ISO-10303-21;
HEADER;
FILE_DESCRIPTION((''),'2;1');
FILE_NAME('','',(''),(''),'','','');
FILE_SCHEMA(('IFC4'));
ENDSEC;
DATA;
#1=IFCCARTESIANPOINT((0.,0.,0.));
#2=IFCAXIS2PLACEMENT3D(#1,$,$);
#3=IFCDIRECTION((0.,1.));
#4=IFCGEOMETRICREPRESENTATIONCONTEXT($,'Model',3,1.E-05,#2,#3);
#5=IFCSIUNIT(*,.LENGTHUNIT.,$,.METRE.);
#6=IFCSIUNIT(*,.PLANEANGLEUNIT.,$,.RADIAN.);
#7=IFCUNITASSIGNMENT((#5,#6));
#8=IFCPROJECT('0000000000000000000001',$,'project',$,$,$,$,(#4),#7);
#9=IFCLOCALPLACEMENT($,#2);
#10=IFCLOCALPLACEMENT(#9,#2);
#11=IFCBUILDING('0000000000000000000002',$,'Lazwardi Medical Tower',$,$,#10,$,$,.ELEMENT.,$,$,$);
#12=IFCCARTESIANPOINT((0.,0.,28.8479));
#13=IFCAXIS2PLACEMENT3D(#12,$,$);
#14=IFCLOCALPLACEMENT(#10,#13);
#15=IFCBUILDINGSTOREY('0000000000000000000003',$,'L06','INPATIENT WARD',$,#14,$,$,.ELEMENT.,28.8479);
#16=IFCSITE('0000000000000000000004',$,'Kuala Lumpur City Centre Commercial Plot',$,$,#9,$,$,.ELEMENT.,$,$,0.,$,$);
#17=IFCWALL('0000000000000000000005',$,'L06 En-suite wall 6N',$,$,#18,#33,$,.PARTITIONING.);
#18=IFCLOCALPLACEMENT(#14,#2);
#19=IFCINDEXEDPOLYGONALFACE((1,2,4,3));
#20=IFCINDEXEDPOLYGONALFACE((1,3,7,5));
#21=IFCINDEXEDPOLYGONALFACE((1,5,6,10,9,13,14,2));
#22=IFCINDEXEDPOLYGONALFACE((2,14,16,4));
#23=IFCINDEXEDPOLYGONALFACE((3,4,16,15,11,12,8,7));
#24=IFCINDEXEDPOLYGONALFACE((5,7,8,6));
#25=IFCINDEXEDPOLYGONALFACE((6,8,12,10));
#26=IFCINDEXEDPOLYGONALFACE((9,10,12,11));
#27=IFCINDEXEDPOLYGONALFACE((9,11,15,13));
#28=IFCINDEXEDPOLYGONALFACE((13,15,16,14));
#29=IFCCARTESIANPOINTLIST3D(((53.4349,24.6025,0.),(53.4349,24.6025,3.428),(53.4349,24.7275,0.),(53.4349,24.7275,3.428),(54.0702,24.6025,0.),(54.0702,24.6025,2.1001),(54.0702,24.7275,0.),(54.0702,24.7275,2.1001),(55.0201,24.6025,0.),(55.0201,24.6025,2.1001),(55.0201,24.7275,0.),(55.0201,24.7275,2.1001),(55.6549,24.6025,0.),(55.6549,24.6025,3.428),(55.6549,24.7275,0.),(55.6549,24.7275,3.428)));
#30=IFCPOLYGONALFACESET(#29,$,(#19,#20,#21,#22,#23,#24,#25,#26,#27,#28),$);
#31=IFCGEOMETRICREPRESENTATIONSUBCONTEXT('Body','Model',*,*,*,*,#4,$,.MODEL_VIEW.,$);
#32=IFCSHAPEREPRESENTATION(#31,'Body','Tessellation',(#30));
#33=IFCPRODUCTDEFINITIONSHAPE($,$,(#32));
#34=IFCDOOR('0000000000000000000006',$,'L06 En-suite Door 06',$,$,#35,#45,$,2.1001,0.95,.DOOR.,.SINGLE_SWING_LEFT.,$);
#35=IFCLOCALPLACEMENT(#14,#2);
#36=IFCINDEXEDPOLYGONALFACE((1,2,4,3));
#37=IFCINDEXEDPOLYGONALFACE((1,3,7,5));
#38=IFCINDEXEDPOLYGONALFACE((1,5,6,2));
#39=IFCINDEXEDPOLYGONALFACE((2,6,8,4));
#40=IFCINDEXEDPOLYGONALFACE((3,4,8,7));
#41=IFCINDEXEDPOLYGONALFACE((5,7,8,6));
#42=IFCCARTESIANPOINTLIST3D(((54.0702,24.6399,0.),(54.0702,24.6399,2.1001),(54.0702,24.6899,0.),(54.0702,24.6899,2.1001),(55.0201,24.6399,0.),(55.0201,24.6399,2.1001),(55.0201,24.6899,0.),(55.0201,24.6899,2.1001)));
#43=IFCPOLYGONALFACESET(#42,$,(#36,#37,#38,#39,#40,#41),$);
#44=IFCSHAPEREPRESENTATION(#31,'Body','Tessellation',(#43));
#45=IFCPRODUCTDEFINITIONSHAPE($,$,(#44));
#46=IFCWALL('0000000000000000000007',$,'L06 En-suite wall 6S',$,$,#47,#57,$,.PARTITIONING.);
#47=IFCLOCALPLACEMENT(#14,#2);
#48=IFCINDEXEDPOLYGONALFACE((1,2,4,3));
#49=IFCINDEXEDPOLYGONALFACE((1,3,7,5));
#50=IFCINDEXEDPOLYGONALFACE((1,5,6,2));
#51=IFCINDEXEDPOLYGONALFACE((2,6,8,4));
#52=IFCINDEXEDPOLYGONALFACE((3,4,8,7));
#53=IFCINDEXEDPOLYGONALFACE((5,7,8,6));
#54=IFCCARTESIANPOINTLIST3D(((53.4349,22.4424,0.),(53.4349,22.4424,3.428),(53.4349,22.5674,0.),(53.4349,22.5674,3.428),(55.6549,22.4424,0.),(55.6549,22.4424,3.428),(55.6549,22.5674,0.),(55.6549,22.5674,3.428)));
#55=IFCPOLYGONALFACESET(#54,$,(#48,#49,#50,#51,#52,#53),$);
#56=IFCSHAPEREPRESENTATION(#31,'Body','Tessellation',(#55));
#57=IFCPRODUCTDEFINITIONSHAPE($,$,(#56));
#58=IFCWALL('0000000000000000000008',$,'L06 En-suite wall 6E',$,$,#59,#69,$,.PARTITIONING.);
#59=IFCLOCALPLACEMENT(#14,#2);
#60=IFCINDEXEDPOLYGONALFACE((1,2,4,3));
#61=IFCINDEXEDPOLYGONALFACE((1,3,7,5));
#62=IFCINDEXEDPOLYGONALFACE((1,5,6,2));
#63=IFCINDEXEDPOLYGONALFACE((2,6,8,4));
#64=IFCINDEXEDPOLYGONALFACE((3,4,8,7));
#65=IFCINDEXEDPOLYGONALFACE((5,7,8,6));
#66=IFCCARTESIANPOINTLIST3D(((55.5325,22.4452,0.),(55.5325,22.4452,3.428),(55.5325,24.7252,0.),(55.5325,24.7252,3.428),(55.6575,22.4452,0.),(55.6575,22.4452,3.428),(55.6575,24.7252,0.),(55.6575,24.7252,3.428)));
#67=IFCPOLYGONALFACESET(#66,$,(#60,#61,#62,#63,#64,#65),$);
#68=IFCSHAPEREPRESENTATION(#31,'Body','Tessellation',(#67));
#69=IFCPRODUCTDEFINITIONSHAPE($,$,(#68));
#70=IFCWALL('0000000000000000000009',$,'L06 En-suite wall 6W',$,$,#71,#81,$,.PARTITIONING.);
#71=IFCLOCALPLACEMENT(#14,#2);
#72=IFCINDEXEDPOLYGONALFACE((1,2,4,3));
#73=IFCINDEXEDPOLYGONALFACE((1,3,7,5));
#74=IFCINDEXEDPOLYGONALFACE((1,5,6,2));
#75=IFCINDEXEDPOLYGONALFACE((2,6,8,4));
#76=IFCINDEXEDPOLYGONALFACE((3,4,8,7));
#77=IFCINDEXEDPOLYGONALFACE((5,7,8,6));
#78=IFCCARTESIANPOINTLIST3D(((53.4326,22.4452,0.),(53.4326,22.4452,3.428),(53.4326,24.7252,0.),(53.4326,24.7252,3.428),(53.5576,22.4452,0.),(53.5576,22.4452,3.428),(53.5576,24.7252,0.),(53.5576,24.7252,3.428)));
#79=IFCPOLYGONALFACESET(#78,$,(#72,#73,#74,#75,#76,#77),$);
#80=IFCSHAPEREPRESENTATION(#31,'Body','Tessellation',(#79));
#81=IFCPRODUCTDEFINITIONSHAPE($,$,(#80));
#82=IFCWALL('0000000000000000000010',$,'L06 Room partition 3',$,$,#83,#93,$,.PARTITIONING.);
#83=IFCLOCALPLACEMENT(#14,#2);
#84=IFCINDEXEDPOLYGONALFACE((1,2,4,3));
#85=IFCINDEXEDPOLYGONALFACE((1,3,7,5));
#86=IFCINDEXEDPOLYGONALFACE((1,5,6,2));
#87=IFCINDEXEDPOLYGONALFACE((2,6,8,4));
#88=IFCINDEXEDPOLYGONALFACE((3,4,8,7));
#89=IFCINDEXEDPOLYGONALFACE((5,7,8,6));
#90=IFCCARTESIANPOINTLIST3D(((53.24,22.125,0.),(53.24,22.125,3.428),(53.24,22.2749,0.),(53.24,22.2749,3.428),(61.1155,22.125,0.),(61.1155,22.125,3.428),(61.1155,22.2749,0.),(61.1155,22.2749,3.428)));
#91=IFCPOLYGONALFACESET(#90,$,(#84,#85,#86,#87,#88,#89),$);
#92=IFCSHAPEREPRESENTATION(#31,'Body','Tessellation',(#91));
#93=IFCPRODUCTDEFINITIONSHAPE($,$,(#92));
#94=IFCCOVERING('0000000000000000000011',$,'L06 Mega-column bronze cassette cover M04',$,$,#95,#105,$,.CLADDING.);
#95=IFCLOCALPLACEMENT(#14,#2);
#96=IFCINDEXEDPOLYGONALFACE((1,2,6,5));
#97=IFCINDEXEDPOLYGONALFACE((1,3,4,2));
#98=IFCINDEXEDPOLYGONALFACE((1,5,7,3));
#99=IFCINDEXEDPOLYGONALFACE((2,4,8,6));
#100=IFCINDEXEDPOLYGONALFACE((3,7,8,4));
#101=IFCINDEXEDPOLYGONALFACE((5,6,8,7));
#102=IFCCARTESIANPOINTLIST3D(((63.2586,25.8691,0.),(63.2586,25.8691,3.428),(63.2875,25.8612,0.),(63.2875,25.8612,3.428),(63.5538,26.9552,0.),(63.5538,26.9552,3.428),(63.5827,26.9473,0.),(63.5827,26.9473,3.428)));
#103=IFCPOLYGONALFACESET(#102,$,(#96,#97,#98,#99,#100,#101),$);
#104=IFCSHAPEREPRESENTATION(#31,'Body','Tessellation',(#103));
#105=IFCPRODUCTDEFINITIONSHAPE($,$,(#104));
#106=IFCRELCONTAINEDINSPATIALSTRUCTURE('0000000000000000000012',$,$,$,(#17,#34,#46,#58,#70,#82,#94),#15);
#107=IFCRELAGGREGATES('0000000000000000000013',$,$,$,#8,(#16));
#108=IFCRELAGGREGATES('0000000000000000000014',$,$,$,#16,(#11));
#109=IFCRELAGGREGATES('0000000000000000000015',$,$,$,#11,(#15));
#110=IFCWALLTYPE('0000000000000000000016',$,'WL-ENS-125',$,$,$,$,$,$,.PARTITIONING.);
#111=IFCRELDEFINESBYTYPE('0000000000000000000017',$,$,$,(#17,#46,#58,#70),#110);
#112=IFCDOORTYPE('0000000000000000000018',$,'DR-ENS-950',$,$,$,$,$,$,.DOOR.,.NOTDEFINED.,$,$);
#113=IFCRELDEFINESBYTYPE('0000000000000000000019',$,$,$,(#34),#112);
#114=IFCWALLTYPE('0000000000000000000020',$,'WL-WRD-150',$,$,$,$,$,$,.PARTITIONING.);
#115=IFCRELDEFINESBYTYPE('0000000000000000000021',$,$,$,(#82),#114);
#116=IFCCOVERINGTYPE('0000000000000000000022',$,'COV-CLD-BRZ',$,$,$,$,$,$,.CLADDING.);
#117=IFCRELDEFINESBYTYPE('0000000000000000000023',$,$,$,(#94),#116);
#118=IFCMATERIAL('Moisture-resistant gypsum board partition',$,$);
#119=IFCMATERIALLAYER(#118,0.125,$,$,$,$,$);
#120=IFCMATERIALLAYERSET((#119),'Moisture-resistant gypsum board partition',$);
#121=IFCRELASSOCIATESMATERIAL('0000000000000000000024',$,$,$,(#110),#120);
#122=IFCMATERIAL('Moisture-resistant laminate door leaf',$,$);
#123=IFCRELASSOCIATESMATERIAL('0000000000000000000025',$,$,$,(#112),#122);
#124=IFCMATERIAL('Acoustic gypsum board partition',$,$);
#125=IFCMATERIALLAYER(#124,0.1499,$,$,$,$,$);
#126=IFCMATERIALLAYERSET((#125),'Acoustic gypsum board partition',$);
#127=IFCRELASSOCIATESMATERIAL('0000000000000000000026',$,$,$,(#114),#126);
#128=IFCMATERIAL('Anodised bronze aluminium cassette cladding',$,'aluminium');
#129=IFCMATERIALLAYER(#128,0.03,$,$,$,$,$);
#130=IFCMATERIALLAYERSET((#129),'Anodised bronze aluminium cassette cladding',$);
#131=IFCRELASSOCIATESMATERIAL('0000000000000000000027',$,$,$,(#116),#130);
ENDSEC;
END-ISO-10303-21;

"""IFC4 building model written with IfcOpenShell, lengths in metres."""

from ifc_helpers import new_model, si_unit, direction, frame, frame_2d, origin, origin_2d, place, context, subcontext, project, spatial, rectangle, extrude, material, layer, layer_set, type_object, element, fill, save


model = new_model("IFC4")

# Units and contexts
model_context = context("Model", 3, precision=1e-05, world=origin(), true_north=direction((0.0, 1.0)))
body_context = subcontext(model_context, "Body", "Model", "MODEL_VIEW")
ifc_project = project(units=[si_unit("LENGTHUNIT", "METRE"), si_unit("PLANEANGLEUNIT", "RADIAN")], contexts=[model_context])

# Site, building, storey
site_placement = place(None, origin())
site = spatial("IfcSite", under=ifc_project, at=site_placement, Name="Kuala Lumpur City Centre Commercial Plot", CompositionType="ELEMENT", RefElevation=0.0)
building_placement = place(site_placement, origin())
building = spatial("IfcBuilding", under=site, at=building_placement, Name="Lazwardi Medical Tower", CompositionType="ELEMENT")
storey_placement = place(building_placement, frame((0.0, 0.0, 28.8479)))
storey = spatial("IfcBuildingStorey", under=building, at=storey_placement, Name="L06", Description="INPATIENT WARD", CompositionType="ELEMENT", Elevation=28.8479)

# Wall, opening, door
ifc_material_1 = material(Name="Moisture-resistant gypsum board partition")
ifc_layer_1 = layer(ifc_material_1, 0.125)
ifc_layer_set_1 = layer_set([ifc_layer_1], Name="Moisture-resistant gypsum board partition")
wall_type_1 = type_object("IfcWallType", Name="WL-ENS-125", PredefinedType="PARTITIONING", material=ifc_layer_set_1)
wall_1_placement = place(storey_placement, frame((53.4351, 24.665, 0.0), z_axis=(0.0, 0.0, 1.0), x_axis=(1.0, 0.0, 0.0)))
wall_1 = element("IfcWall", 1, at=wall_1_placement, inside=storey, type_object=wall_type_1, Name="L06 En-suite wall 6N", PredefinedType="PARTITIONING", context=body_context, shape_type="SweptSolid", body=[
    extrude(rectangle(XDim=2.22, YDim=0.125, at=frame_2d((1.1099, 0.0))), origin(), (0.0, 0.0, 1.0), 3.428),
])
opening_1_placement = place(wall_1_placement, frame((0.635, 0.0, 0.0)))
opening_1 = element("IfcOpeningElement", 2, at=opening_1_placement, cuts=wall_1, PredefinedType="OPENING", context=body_context, shape_type="SweptSolid", body=[
    extrude(rectangle(XDim=0.95, YDim=2.1001, at=frame_2d((0.4751, 1.05))), frame((0.0, 0.0725, 0.0), z_axis=(0.0, -1.0, 0.0), x_axis=(1.0, 0.0, 0.0)), (0.0, 0.0, 1.0), 0.145),
])
ifc_material_2 = material(Name="Moisture-resistant laminate door leaf")
door_type_1 = type_object("IfcDoorType", Name="DR-ENS-950", OperationType="NOTDEFINED", PredefinedType="DOOR", material=ifc_material_2)
door_1_placement = place(opening_1_placement, origin())
door_1 = element("IfcDoor", 3, at=door_1_placement, inside=storey, type_object=door_type_1, Name="L06 En-suite Door 06", OperationType="SINGLE_SWING_LEFT", OverallHeight=2.1001, OverallWidth=0.95, PredefinedType="DOOR", context=body_context, shape_type="SweptSolid", body=[
    extrude(rectangle(XDim=0.95, YDim=2.1001, at=frame_2d((0.4751, 1.05))), frame((0.0, 0.0249, 0.0), z_axis=(0.0, -1.0, 0.0), x_axis=(1.0, 0.0, 0.0)), (0.0, 0.0, 1.0), 0.05),
])
fill(opening_1, door_1)

# Walls
wall_2_placement = place(storey_placement, frame((53.4351, 22.5049, 0.0), z_axis=(0.0, 0.0, 1.0), x_axis=(1.0, 0.0, 0.0)))
element("IfcWall", 4, at=wall_2_placement, inside=storey, type_object=wall_type_1, Name="L06 En-suite wall 6S", PredefinedType="PARTITIONING", context=body_context, shape_type="SweptSolid", body=[
    extrude(rectangle(XDim=2.22, YDim=0.125, at=frame_2d((1.1099, 0.0))), origin(), (0.0, 0.0, 1.0), 3.428),
])
for number, where, z_axis, x_axis, name in (
    (5, (55.595, 22.4451, 0.0), (0.0, 0.0, 1.0), (0.0, 1.0, 0.0), "L06 En-suite wall 6E"),
    (6, (53.4951, 22.4451, 0.0), (0.0, 0.0, 1.0), (0.0, 1.0, 0.0), "L06 En-suite wall 6W"),
):
    element("IfcWall", number, at=place(storey_placement, frame(where, z_axis=z_axis, x_axis=x_axis)), inside=storey, type_object=wall_type_1, Name=name, PredefinedType="PARTITIONING", context=body_context, shape_type="SweptSolid", body=[
        extrude(rectangle(XDim=2.28, YDim=0.125, at=frame_2d((1.1401, 0.0))), origin(), (0.0, 0.0, 1.0), 3.428),
    ])
ifc_material_3 = material(Name="Acoustic gypsum board partition")
ifc_layer_2 = layer(ifc_material_3, 0.1499)
ifc_layer_set_2 = layer_set([ifc_layer_2], Name="Acoustic gypsum board partition")
wall_type_2 = type_object("IfcWallType", Name="WL-WRD-150", PredefinedType="PARTITIONING", material=ifc_layer_set_2)
wall_3_placement = place(storey_placement, frame((53.24, 22.2, 0.0), z_axis=(0.0, 0.0, 1.0), x_axis=(1.0, 0.0, 0.0)))
element("IfcWall", 7, at=wall_3_placement, inside=storey, type_object=wall_type_2, Name="L06 Room partition 3", PredefinedType="PARTITIONING", context=body_context, shape_type="SweptSolid", body=[
    extrude(rectangle(XDim=7.8755, YDim=0.1499, at=frame_2d((3.9377, 0.0))), origin(), (0.0, 0.0, 1.0), 3.428),
])

# Covering
ifc_material_4 = material(Name="Anodised bronze aluminium cassette cladding", Category="aluminium")
ifc_layer_3 = layer(ifc_material_4, 0.03)
ifc_layer_set_3 = layer_set([ifc_layer_3], Name="Anodised bronze aluminium cassette cladding")
covering_type = type_object("IfcCoveringType", Name="COV-CLD-BRZ", PredefinedType="CLADDING", material=ifc_layer_set_3)
covering_placement = place(storey_placement, frame((63.4207, 26.4082, 0.0), z_axis=(0.0, 0.0, 1.0), x_axis=(0.262283, 0.964991, 0.0)))
element("IfcCovering", 8, at=covering_placement, inside=storey, type_object=covering_type, Name="L06 Mega-column bronze cassette cover M04", PredefinedType="CLADDING", context=body_context, shape_type="SweptSolid", body=[
    extrude(rectangle(XDim=1.1255, YDim=0.03, at=origin_2d()), origin(), (0.0, 0.0, 1.0), 3.428),
])

save(model, "model.ifc")
